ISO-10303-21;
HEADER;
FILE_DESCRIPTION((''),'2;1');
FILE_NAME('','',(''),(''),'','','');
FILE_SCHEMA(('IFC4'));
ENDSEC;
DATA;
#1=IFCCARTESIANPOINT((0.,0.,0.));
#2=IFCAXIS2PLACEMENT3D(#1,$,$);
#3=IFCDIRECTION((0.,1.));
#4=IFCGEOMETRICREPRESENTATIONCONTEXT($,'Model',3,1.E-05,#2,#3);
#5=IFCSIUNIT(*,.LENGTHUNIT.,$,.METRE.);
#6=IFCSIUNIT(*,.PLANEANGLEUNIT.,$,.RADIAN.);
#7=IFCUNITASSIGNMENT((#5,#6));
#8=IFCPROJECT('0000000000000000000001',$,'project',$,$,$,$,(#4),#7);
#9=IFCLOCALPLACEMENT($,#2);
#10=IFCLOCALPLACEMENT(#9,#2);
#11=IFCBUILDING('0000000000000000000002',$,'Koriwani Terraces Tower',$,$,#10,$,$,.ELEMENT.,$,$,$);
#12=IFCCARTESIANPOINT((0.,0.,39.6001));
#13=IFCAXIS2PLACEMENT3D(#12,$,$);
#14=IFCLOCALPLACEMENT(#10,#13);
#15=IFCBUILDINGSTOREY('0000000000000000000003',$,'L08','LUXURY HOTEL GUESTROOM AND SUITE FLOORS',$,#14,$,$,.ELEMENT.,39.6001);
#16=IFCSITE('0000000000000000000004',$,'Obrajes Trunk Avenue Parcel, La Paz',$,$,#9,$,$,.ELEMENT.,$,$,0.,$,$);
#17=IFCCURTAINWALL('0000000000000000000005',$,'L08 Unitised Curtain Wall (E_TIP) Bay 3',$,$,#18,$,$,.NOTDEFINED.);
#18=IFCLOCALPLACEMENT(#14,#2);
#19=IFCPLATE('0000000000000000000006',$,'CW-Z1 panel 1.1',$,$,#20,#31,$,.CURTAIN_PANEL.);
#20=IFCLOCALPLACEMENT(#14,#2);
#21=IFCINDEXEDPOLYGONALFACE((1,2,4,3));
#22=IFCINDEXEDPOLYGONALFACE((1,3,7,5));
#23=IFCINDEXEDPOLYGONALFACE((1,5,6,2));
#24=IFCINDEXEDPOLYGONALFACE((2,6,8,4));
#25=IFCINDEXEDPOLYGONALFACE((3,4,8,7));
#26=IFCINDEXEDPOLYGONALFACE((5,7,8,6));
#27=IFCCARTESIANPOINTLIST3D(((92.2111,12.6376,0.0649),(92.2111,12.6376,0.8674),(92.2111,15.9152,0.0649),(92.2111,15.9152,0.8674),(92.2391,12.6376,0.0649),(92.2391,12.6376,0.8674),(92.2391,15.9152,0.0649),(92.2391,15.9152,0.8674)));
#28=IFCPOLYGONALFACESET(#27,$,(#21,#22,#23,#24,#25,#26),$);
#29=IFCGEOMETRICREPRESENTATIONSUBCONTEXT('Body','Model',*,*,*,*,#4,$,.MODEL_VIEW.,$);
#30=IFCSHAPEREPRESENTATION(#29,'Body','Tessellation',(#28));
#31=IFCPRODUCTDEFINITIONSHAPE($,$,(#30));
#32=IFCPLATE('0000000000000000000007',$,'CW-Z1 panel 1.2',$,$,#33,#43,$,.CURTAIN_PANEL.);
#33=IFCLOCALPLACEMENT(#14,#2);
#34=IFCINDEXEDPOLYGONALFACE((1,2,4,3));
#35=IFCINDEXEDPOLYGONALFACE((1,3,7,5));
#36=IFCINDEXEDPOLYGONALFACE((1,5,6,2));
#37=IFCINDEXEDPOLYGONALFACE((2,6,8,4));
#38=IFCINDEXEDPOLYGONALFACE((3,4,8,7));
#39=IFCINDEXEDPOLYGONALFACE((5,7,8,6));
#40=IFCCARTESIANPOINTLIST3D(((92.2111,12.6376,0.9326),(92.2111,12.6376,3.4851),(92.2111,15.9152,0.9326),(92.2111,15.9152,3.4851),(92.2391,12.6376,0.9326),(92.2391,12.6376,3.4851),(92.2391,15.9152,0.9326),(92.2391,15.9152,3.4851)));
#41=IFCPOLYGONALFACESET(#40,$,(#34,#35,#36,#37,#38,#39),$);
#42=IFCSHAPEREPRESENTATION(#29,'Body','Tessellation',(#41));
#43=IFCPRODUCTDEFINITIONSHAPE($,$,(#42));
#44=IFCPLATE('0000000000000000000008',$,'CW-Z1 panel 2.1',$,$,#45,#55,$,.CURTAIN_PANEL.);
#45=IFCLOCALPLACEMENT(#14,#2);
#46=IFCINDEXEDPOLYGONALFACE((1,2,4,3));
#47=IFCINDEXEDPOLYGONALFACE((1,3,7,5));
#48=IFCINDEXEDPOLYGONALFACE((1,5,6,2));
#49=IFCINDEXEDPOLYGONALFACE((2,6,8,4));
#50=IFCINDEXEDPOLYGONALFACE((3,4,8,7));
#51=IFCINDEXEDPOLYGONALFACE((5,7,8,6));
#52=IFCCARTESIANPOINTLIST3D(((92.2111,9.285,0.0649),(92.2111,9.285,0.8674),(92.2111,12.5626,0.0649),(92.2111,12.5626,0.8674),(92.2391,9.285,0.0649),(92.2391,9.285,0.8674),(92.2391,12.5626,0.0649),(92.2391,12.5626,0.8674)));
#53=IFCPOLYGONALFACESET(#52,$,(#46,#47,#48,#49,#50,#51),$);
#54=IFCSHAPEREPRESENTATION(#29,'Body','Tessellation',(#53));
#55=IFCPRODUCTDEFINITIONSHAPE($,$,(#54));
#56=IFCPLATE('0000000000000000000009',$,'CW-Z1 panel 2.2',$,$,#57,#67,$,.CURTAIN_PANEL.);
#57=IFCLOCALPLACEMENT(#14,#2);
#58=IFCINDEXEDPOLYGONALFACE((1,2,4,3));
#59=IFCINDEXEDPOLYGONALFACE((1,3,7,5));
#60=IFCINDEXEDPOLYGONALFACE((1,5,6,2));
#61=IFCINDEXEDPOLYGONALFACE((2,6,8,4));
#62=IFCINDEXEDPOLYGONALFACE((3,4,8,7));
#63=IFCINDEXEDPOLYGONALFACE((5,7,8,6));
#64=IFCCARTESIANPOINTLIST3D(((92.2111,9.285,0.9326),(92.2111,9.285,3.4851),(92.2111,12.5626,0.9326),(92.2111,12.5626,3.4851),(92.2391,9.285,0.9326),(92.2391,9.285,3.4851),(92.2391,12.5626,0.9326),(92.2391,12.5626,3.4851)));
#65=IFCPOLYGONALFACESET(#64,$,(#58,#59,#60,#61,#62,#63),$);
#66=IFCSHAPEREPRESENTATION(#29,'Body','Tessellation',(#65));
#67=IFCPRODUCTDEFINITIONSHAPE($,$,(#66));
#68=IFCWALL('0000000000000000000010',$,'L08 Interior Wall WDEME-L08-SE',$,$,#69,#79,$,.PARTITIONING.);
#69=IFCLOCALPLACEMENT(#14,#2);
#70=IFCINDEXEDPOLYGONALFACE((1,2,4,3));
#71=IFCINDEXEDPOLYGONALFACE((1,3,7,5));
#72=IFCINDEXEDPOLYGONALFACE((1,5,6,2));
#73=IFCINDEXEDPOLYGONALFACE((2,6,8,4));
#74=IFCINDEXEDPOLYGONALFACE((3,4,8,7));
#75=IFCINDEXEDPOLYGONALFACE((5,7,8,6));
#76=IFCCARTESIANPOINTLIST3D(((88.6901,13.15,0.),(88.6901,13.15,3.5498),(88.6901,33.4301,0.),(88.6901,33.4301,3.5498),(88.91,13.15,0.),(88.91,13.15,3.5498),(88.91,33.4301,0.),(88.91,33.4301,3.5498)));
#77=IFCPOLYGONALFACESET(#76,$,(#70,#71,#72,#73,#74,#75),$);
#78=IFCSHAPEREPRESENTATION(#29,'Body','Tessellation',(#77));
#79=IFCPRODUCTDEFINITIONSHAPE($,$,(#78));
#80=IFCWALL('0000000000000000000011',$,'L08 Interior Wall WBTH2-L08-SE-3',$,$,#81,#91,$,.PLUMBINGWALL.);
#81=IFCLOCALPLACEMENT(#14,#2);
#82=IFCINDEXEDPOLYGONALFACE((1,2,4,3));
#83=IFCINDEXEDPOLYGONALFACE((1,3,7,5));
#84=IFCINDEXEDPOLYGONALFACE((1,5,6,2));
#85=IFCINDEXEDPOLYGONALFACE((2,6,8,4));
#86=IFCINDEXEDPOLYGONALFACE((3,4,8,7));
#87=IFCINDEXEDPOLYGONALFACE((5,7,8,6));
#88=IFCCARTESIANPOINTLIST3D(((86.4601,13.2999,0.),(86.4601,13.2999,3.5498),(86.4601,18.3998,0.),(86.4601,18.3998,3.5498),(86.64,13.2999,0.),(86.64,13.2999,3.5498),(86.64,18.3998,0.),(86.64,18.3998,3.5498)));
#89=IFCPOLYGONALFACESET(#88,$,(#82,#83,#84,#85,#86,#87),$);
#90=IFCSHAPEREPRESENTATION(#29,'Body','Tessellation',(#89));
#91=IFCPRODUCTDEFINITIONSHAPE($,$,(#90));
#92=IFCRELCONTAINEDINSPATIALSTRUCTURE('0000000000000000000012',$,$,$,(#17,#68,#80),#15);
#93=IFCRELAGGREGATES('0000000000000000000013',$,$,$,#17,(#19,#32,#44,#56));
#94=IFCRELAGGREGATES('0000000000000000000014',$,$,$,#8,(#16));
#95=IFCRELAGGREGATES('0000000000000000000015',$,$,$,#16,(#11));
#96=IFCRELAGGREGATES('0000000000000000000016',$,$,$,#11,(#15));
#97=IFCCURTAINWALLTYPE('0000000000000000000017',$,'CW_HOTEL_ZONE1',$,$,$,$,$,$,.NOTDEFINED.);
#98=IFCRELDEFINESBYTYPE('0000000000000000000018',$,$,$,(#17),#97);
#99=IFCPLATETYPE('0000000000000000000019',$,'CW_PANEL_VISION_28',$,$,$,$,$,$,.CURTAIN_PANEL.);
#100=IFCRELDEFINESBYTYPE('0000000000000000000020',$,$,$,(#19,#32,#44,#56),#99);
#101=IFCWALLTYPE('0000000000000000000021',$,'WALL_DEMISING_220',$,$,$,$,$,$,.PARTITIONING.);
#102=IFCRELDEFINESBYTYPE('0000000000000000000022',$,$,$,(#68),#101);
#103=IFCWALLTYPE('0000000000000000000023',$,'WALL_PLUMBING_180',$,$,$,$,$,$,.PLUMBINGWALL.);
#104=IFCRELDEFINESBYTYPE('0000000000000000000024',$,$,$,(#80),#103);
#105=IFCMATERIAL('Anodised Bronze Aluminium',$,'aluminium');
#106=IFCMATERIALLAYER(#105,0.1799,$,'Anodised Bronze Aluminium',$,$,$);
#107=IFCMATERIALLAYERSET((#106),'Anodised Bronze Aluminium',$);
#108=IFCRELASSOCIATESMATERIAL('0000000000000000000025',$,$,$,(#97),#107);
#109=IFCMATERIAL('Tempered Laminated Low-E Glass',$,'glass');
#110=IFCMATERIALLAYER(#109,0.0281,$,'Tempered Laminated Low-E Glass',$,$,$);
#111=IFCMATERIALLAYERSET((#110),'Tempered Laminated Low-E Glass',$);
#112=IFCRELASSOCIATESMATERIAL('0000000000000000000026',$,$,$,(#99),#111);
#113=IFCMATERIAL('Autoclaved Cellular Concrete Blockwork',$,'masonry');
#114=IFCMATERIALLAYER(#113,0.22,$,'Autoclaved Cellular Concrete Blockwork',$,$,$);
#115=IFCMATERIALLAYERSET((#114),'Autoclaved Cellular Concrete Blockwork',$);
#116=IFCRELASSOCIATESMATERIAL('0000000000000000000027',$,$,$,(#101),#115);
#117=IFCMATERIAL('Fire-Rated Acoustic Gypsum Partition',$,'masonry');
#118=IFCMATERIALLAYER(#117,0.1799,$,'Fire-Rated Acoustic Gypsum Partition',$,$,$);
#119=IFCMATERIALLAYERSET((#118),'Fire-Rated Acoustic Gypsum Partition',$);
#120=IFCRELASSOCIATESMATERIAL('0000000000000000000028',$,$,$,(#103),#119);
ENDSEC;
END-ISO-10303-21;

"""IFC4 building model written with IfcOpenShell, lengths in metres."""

from ifc_helpers import new_model, si_unit, direction, frame, frame_2d, origin, origin_2d, place, context, subcontext, project, spatial, rectangle, extrude, material, layer, layer_set, type_object, element, aggregate, save


model = new_model("IFC4")

# Units and contexts
model_context = context("Model", 3, precision=1e-05, world=origin(), true_north=direction((0.0, 1.0)))
body_context = subcontext(model_context, "Body", "Model", "MODEL_VIEW")
ifc_project = project(units=[si_unit("LENGTHUNIT", "METRE"), si_unit("PLANEANGLEUNIT", "RADIAN")], contexts=[model_context])

# Site, building, storey
site_placement = place(None, origin())
site = spatial("IfcSite", under=ifc_project, at=site_placement, Name="Obrajes Trunk Avenue Parcel, La Paz", CompositionType="ELEMENT", RefElevation=0.0)
building_placement = place(site_placement, origin())
building = spatial("IfcBuilding", under=site, at=building_placement, Name="Koriwani Terraces Tower", CompositionType="ELEMENT")
storey_placement = place(building_placement, frame((0.0, 0.0, 39.6001)))
storey = spatial("IfcBuildingStorey", under=building, at=storey_placement, Name="L08", Description="LUXURY HOTEL GUESTROOM AND SUITE FLOORS", CompositionType="ELEMENT", Elevation=39.6001)

# Curtain wall
ifc_material_1 = material(Name="Anodised Bronze Aluminium", Category="aluminium")
ifc_layer_1 = layer(ifc_material_1, 0.1799, Name="Anodised Bronze Aluminium")
ifc_layer_set_1 = layer_set([ifc_layer_1], Name="Anodised Bronze Aluminium")
curtain_wall_type = type_object("IfcCurtainWallType", Name="CW_HOTEL_ZONE1", PredefinedType="NOTDEFINED", material=ifc_layer_set_1)
curtain_wall_1_placement = place(storey_placement, origin())
curtain_wall_1 = element("IfcCurtainWall", 1, at=curtain_wall_1_placement, inside=storey, type_object=curtain_wall_type, Name="L08 Unitised Curtain Wall (E_TIP) Bay 3", PredefinedType="NOTDEFINED")

# Plates
ifc_material_2 = material(Name="Tempered Laminated Low-E Glass", Category="glass")
ifc_layer_2 = layer(ifc_material_2, 0.0281, Name="Tempered Laminated Low-E Glass")
ifc_layer_set_2 = layer_set([ifc_layer_2], Name="Tempered Laminated Low-E Glass")
plate_type = type_object("IfcPlateType", Name="CW_PANEL_VISION_28", PredefinedType="CURTAIN_PANEL", material=ifc_layer_set_2)
plate_1_placement = place(storey_placement, frame((92.2251, 14.2764, 0.0649), z_axis=(0.0, 0.0, 1.0), x_axis=(0.0, -1.0, 0.0)))
plate_1 = element("IfcPlate", 2, at=plate_1_placement, type_object=plate_type, Name="CW-Z1 panel 1.1", PredefinedType="CURTAIN_PANEL", context=body_context, shape_type="SweptSolid", body=[
    extrude(rectangle(XDim=3.2776, YDim=0.0281, at=origin_2d()), origin(), (0.0, 0.0, 1.0), 0.8025),
])
plate_2_placement = place(storey_placement, frame((92.2251, 14.2764, 0.9326), z_axis=(0.0, 0.0, 1.0), x_axis=(0.0, -1.0, 0.0)))
plate_2 = element("IfcPlate", 3, at=plate_2_placement, type_object=plate_type, Name="CW-Z1 panel 1.2", PredefinedType="CURTAIN_PANEL", context=body_context, shape_type="SweptSolid", body=[
    extrude(rectangle(XDim=3.2776, YDim=0.0281, at=origin_2d()), origin(), (0.0, 0.0, 1.0), 2.5525),
])
plate_3_placement = place(storey_placement, frame((92.2251, 10.9238, 0.0649), z_axis=(0.0, 0.0, 1.0), x_axis=(0.0, -1.0, 0.0)))
plate_3 = element("IfcPlate", 4, at=plate_3_placement, type_object=plate_type, Name="CW-Z1 panel 2.1", PredefinedType="CURTAIN_PANEL", context=body_context, shape_type="SweptSolid", body=[
    extrude(rectangle(XDim=3.2776, YDim=0.0281, at=origin_2d()), origin(), (0.0, 0.0, 1.0), 0.8025),
])
plate_4_placement = place(storey_placement, frame((92.2251, 10.9238, 0.9326), z_axis=(0.0, 0.0, 1.0), x_axis=(0.0, -1.0, 0.0)))
plate_4 = element("IfcPlate", 5, at=plate_4_placement, type_object=plate_type, Name="CW-Z1 panel 2.2", PredefinedType="CURTAIN_PANEL", context=body_context, shape_type="SweptSolid", body=[
    extrude(rectangle(XDim=3.2776, YDim=0.0281, at=origin_2d()), origin(), (0.0, 0.0, 1.0), 2.5525),
])
aggregate(curtain_wall_1, [plate_1, plate_2, plate_3, plate_4])

# Walls
ifc_material_3 = material(Name="Autoclaved Cellular Concrete Blockwork", Category="masonry")
ifc_layer_3 = layer(ifc_material_3, 0.22, Name="Autoclaved Cellular Concrete Blockwork")
ifc_layer_set_3 = layer_set([ifc_layer_3], Name="Autoclaved Cellular Concrete Blockwork")
wall_type_1 = type_object("IfcWallType", Name="WALL_DEMISING_220", PredefinedType="PARTITIONING", material=ifc_layer_set_3)
wall_1_placement = place(storey_placement, frame((88.8, 13.1499, 0.0), z_axis=(0.0, 0.0, 1.0), x_axis=(0.0, 1.0, 0.0)))
element("IfcWall", 6, at=wall_1_placement, inside=storey, type_object=wall_type_1, Name="L08 Interior Wall WDEME-L08-SE", PredefinedType="PARTITIONING", context=body_context, shape_type="SweptSolid", body=[
    extrude(rectangle(XDim=20.28, YDim=0.22, at=frame_2d((10.1401, 0.0))), origin(), (0.0, 0.0, 1.0), 3.5498),
])
ifc_material_4 = material(Name="Fire-Rated Acoustic Gypsum Partition", Category="masonry")
ifc_layer_4 = layer(ifc_material_4, 0.1799, Name="Fire-Rated Acoustic Gypsum Partition")
ifc_layer_set_4 = layer_set([ifc_layer_4], Name="Fire-Rated Acoustic Gypsum Partition")
wall_type_2 = type_object("IfcWallType", Name="WALL_PLUMBING_180", PredefinedType="PLUMBINGWALL", material=ifc_layer_set_4)
wall_2_placement = place(storey_placement, frame((86.55, 13.3, 0.0), z_axis=(0.0, 0.0, 1.0), x_axis=(0.0, 1.0, 0.0)))
element("IfcWall", 7, at=wall_2_placement, inside=storey, type_object=wall_type_2, Name="L08 Interior Wall WBTH2-L08-SE-3", PredefinedType="PLUMBINGWALL", context=body_context, shape_type="SweptSolid", body=[
    extrude(rectangle(XDim=5.0999, YDim=0.1799, at=frame_2d((2.5498, 0.0))), origin(), (0.0, 0.0, 1.0), 3.5498),
])

save(model, "model.ifc")
